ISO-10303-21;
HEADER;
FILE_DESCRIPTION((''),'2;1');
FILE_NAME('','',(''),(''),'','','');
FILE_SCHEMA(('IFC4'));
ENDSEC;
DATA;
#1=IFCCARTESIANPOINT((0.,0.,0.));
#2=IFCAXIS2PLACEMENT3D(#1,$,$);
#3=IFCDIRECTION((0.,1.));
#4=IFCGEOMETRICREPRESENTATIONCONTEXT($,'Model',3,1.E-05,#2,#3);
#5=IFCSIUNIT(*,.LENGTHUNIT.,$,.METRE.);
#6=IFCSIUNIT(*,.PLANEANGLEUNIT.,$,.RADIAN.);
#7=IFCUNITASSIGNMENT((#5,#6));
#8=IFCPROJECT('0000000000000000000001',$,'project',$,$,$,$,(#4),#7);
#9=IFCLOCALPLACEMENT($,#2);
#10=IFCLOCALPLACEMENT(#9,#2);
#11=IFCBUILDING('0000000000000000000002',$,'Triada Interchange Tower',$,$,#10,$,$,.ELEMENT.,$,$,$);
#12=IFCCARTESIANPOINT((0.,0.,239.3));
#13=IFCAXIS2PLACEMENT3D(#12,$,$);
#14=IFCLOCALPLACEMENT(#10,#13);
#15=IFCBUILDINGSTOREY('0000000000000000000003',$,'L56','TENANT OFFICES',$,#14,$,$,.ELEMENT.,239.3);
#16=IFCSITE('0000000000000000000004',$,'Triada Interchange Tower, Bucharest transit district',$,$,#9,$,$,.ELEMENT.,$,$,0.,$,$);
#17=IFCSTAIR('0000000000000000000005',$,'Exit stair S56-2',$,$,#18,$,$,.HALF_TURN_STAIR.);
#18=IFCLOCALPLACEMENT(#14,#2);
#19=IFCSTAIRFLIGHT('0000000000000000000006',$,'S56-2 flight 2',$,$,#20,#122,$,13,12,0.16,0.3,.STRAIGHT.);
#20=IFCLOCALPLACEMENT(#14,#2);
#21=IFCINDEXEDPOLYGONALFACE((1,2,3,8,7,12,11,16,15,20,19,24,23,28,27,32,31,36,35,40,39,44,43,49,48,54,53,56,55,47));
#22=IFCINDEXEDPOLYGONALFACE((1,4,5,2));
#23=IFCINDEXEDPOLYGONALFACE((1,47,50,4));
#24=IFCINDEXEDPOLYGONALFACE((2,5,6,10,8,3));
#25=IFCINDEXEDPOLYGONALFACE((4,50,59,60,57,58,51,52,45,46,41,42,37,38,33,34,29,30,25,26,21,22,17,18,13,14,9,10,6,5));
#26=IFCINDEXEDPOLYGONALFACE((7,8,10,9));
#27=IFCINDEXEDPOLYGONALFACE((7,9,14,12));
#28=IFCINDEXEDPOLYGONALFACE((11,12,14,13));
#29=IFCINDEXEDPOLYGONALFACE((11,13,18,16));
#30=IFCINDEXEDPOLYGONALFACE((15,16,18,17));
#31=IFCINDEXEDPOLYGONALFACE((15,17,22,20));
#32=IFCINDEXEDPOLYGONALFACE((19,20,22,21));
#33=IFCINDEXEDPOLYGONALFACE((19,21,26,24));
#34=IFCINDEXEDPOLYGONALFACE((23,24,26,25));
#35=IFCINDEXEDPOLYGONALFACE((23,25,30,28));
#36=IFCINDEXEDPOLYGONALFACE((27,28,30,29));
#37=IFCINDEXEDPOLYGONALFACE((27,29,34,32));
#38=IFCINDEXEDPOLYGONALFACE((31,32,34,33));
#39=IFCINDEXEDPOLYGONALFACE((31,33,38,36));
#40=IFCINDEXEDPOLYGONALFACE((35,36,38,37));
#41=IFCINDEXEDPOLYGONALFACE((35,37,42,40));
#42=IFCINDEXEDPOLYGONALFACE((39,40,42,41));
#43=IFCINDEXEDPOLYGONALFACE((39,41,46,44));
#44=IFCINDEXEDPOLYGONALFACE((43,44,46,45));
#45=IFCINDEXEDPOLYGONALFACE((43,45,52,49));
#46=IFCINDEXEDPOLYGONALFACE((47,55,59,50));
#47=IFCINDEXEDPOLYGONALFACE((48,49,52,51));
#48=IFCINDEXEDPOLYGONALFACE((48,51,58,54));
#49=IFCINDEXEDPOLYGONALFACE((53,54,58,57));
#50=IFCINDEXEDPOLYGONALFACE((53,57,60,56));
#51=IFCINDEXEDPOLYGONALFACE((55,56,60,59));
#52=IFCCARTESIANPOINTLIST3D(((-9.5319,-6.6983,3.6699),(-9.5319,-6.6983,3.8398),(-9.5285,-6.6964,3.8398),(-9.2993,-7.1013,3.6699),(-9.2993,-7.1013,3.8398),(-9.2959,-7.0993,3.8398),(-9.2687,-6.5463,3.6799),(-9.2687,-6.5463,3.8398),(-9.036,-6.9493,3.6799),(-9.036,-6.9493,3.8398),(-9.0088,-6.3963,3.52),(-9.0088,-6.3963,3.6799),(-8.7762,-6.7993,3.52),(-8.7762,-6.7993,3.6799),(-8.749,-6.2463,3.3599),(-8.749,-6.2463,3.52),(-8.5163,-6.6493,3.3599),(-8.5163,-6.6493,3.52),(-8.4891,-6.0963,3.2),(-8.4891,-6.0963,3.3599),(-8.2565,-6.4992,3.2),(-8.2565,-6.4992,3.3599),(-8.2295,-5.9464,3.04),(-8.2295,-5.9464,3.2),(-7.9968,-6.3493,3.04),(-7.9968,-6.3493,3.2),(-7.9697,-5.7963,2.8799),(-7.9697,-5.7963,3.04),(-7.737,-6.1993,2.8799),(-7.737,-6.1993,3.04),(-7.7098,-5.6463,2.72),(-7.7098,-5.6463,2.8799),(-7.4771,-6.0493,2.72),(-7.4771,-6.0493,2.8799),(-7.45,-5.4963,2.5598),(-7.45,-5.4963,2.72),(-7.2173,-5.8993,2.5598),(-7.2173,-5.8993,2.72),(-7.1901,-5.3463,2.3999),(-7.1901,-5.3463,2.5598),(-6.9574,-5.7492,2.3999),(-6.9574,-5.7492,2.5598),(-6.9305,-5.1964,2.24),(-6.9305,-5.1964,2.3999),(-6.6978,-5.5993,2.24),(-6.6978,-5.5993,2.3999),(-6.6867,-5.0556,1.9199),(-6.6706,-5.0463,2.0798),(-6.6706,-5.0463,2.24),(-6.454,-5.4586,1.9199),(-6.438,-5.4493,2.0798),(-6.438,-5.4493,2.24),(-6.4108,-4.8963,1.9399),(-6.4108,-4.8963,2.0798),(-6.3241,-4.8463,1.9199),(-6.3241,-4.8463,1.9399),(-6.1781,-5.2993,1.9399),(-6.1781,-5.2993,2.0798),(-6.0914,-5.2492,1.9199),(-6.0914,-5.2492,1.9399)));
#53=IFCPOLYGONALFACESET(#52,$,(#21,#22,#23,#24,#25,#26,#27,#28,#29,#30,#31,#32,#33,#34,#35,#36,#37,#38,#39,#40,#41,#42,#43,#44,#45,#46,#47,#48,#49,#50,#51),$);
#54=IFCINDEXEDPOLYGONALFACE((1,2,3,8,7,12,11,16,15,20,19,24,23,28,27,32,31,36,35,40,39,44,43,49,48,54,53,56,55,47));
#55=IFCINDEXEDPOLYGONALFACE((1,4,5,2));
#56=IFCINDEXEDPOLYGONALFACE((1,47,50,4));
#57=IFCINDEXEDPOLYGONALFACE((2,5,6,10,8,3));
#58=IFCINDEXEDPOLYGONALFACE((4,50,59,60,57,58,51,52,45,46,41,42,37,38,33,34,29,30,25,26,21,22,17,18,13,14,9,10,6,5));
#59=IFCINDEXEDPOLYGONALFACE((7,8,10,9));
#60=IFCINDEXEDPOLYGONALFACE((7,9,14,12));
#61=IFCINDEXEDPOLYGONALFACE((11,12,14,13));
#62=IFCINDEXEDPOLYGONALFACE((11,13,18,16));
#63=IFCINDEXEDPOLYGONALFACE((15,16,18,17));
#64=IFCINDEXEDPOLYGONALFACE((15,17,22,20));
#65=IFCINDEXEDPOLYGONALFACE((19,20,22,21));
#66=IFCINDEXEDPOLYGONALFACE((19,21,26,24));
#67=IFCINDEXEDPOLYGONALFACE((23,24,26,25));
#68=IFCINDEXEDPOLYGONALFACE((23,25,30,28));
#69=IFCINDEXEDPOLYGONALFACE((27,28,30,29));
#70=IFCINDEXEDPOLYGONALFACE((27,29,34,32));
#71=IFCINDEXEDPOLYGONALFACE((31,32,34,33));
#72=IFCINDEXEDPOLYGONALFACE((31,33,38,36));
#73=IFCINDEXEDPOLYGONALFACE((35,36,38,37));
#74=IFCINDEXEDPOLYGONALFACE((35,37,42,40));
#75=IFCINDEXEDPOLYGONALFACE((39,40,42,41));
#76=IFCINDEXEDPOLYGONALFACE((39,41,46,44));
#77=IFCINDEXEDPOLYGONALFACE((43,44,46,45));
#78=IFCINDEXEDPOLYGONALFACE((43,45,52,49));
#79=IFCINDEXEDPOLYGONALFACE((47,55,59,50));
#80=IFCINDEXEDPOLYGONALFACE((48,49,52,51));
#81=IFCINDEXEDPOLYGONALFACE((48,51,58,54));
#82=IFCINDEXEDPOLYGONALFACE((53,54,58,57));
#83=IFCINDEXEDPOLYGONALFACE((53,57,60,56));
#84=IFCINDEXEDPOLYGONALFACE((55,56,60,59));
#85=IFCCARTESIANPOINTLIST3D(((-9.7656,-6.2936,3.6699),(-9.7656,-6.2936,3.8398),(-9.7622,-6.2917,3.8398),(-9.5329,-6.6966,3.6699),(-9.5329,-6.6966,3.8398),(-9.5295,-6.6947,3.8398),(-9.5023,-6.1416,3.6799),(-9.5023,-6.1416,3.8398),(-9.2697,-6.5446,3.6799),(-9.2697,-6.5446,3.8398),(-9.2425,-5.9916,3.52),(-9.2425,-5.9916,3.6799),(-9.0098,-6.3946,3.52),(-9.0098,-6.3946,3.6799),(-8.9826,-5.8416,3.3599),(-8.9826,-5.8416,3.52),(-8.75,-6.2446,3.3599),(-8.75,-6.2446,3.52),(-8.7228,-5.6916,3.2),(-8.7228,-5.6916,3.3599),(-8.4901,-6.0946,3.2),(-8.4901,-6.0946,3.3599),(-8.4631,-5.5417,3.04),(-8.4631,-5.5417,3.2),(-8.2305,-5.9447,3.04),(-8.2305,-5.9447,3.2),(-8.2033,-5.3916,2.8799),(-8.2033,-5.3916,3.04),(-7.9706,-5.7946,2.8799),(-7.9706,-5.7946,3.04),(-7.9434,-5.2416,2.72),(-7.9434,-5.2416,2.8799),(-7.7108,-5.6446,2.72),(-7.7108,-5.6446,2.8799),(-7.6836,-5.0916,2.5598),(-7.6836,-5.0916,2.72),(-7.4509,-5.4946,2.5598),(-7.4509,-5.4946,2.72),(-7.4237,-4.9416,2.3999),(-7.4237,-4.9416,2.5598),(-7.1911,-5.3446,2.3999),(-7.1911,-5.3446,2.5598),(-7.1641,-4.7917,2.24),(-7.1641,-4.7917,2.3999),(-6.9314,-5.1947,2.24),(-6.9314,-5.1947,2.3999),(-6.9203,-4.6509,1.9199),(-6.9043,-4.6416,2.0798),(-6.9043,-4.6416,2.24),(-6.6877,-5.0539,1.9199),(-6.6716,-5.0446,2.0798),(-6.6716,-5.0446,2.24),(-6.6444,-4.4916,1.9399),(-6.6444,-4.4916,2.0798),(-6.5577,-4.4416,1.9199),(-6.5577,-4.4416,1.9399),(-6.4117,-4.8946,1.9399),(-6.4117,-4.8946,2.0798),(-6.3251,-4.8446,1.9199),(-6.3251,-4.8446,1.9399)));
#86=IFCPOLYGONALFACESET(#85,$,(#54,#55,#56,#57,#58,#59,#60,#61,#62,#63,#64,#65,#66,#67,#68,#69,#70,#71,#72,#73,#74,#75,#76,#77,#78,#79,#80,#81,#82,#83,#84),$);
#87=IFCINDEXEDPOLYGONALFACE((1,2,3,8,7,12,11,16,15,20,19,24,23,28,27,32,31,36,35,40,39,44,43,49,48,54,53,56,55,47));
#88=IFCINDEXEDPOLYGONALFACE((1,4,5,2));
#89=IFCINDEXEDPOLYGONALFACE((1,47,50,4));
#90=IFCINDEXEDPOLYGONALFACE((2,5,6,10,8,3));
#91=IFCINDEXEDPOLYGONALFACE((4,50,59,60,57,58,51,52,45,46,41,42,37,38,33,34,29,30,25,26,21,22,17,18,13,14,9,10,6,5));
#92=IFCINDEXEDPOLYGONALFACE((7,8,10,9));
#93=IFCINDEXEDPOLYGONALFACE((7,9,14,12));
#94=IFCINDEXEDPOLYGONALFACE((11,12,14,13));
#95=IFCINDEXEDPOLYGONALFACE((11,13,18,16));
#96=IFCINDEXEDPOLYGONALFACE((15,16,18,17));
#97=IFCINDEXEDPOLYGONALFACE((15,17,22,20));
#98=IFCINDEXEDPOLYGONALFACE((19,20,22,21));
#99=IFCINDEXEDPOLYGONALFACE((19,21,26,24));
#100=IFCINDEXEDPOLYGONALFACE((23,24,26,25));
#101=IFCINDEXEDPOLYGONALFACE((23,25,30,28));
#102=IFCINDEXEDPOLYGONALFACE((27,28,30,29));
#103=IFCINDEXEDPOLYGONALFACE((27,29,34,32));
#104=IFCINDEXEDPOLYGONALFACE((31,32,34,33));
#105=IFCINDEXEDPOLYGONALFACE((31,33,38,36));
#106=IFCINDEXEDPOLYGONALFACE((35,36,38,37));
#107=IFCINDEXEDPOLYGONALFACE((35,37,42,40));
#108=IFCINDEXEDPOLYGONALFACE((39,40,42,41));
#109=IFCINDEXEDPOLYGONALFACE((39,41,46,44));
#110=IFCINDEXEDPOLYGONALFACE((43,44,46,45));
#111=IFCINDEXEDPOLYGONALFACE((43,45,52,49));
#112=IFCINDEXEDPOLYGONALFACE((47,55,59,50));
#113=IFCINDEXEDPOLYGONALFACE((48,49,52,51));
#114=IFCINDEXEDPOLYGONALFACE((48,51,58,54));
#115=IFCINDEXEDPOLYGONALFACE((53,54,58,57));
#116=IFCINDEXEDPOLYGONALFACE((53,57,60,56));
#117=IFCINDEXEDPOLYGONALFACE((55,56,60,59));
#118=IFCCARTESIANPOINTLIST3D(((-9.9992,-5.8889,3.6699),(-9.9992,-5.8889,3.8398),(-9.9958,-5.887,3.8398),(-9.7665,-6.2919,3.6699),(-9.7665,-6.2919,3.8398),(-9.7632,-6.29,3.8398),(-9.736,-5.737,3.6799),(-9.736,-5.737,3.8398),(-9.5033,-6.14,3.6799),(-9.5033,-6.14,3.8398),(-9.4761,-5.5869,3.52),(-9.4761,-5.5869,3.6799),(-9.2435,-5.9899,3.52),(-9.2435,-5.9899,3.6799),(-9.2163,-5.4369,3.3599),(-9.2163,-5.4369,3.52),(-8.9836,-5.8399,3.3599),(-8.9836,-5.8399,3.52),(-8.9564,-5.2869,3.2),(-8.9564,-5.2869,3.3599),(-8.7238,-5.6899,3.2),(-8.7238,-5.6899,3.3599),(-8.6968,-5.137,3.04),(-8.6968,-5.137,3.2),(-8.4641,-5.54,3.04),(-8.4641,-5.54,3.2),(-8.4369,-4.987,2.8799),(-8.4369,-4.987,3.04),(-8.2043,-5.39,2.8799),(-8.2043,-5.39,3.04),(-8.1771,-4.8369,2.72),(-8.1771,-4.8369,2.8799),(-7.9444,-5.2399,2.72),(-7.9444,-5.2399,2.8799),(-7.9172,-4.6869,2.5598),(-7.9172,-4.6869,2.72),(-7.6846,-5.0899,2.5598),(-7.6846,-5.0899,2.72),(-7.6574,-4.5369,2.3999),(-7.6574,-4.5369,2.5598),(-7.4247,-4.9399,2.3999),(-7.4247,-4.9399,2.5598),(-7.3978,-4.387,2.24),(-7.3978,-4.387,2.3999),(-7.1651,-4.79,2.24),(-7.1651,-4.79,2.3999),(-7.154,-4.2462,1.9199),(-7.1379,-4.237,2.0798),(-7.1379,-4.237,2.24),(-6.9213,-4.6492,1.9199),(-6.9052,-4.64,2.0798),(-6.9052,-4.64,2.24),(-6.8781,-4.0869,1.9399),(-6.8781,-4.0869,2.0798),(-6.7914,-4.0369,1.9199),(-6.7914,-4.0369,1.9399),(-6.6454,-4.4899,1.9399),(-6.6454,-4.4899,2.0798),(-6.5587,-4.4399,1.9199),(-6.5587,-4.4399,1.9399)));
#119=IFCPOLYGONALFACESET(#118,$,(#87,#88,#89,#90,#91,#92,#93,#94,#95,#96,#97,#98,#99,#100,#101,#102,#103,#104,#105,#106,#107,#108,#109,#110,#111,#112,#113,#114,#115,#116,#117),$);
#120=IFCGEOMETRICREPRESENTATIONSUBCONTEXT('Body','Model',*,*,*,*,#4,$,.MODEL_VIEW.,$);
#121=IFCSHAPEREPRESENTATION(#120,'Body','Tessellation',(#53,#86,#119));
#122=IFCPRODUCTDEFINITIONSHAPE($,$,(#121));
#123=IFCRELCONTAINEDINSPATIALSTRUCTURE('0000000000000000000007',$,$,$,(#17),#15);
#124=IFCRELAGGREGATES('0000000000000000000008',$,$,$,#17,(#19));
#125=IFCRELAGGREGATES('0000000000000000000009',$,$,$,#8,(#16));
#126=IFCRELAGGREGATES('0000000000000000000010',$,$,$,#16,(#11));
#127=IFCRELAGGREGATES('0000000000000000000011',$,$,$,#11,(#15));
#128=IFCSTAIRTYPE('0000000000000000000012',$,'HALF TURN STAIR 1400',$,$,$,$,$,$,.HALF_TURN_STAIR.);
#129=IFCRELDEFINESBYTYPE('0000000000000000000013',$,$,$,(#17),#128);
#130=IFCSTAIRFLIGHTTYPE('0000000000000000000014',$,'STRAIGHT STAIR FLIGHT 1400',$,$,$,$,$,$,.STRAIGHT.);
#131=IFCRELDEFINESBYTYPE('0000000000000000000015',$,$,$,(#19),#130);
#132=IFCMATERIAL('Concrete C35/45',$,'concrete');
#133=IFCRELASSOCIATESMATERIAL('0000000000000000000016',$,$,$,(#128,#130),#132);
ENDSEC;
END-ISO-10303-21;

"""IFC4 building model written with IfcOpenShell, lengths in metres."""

from ifc_helpers import new_model, si_unit, direction, frame, origin, place, context, subcontext, project, spatial, polyline, outline, extrude, material, type_object, element, aggregate, save


model = new_model("IFC4")

# Units and contexts
model_context = context("Model", 3, precision=1e-05, world=origin(), true_north=direction((0.0, 1.0)))
body_context = subcontext(model_context, "Body", "Model", "MODEL_VIEW")
ifc_project = project(units=[si_unit("LENGTHUNIT", "METRE"), si_unit("PLANEANGLEUNIT", "RADIAN")], contexts=[model_context])

# Site, building, storey
site_placement = place(None, origin())
site = spatial("IfcSite", under=ifc_project, at=site_placement, Name="Triada Interchange Tower, Bucharest transit district", CompositionType="ELEMENT", RefElevation=0.0)
building_placement = place(site_placement, origin())
building = spatial("IfcBuilding", under=site, at=building_placement, Name="Triada Interchange Tower", CompositionType="ELEMENT")
storey_placement = place(building_placement, frame((0.0, 0.0, 239.3)))
storey = spatial("IfcBuildingStorey", under=building, at=storey_placement, Name="L56", Description="TENANT OFFICES", CompositionType="ELEMENT", Elevation=239.3)

# Stair, stair flight
ifc_material_1 = material(Name="Concrete C35/45", Category="concrete")
stair_type = type_object("IfcStairType", Name="HALF TURN STAIR 1400", PredefinedType="HALF_TURN_STAIR", material=ifc_material_1)
stair_placement = place(storey_placement, origin())
stair = element("IfcStair", 1, at=stair_placement, inside=storey, type_object=stair_type, Name="Exit stair S56-2", PredefinedType="HALF_TURN_STAIR")
stair_flight_type = type_object("IfcStairFlightType", Name="STRAIGHT STAIR FLIGHT 1400", PredefinedType="STRAIGHT", material=ifc_material_1)
stair_flight_1_placement = place(storey_placement, frame((-6.5281, -4.6931, 1.9199), z_axis=(0.0, 0.0, 1.0), x_axis=(-0.866025, -0.5, 0.0)))
stair_flight_1 = element("IfcStairFlight", 2, at=stair_flight_1_placement, type_object=stair_flight_type, Name="S56-2 flight 2", NumberOfRisers=13, NumberOfTreads=12, PredefinedType="STRAIGHT", RiserHeight=0.16, TreadLength=0.3, context=body_context, shape_type="SweptSolid", body=[
    extrude(outline(polyline([(-0.1001, 0.0), (-0.1001, 0.02), (0.0, 0.02), (0.0, 0.1599), (0.3, 0.1599), (0.3, 0.3201), (0.6001, 0.3201), (0.6001, 0.48), (0.8999, 0.48), (0.8999, 0.6399), (1.2, 0.6399), (1.2, 0.8), (1.5, 0.8), (1.5, 0.96), (1.8, 0.96), (1.8, 1.1201), (2.1001, 1.1201), (2.1001, 1.28), (2.3999, 1.28), (2.3999, 1.4399), (2.7, 1.4399), (2.7, 1.6001), (3.0, 1.6001), (3.0, 1.76), (3.3, 1.76), (3.3, 1.9199), (3.6001, 1.9199), (3.604, 1.9199), (3.604, 2.0801), (3.604, 1.75), (0.3186, 0.0), (-0.1001, 0.0)])), frame((0.0, 0.7, 0.0), z_axis=(0.0, -1.0, 0.0), x_axis=(1.0, 0.0, 0.0)), (0.0, 0.0, 1.0), 0.4653),
    extrude(outline(polyline([(-0.1001, 0.0), (-0.1001, 0.02), (0.0, 0.02), (0.0, 0.1599), (0.3, 0.1599), (0.3, 0.3201), (0.6001, 0.3201), (0.6001, 0.48), (0.8999, 0.48), (0.8999, 0.6399), (1.2, 0.6399), (1.2, 0.8), (1.5, 0.8), (1.5, 0.96), (1.8, 0.96), (1.8, 1.1201), (2.1001, 1.1201), (2.1001, 1.28), (2.3999, 1.28), (2.3999, 1.4399), (2.7, 1.4399), (2.7, 1.6001), (3.0, 1.6001), (3.0, 1.76), (3.3, 1.76), (3.3, 1.9199), (3.6001, 1.9199), (3.604, 1.9199), (3.604, 2.0801), (3.604, 1.75), (0.3186, 0.0), (-0.1001, 0.0)])), frame((0.0, 0.2327, 0.0), z_axis=(0.0, -1.0, 0.0), x_axis=(1.0, 0.0, 0.0)), (0.0, 0.0, 1.0), 0.4653),
    extrude(outline(polyline([(-0.1001, 0.0), (-0.1001, 0.02), (0.0, 0.02), (0.0, 0.1599), (0.3, 0.1599), (0.3, 0.3201), (0.6001, 0.3201), (0.6001, 0.48), (0.8999, 0.48), (0.8999, 0.6399), (1.2, 0.6399), (1.2, 0.8), (1.5, 0.8), (1.5, 0.96), (1.8, 0.96), (1.8, 1.1201), (2.1001, 1.1201), (2.1001, 1.28), (2.3999, 1.28), (2.3999, 1.4399), (2.7, 1.4399), (2.7, 1.6001), (3.0, 1.6001), (3.0, 1.76), (3.3, 1.76), (3.3, 1.9199), (3.6001, 1.9199), (3.604, 1.9199), (3.604, 2.0801), (3.604, 1.75), (0.3186, 0.0), (-0.1001, 0.0)])), frame((0.0, -0.2346, 0.0), z_axis=(0.0, -1.0, 0.0), x_axis=(1.0, 0.0, 0.0)), (0.0, 0.0, 1.0), 0.4653),
])
aggregate(stair, [stair_flight_1])

save(model, "model.ifc")
